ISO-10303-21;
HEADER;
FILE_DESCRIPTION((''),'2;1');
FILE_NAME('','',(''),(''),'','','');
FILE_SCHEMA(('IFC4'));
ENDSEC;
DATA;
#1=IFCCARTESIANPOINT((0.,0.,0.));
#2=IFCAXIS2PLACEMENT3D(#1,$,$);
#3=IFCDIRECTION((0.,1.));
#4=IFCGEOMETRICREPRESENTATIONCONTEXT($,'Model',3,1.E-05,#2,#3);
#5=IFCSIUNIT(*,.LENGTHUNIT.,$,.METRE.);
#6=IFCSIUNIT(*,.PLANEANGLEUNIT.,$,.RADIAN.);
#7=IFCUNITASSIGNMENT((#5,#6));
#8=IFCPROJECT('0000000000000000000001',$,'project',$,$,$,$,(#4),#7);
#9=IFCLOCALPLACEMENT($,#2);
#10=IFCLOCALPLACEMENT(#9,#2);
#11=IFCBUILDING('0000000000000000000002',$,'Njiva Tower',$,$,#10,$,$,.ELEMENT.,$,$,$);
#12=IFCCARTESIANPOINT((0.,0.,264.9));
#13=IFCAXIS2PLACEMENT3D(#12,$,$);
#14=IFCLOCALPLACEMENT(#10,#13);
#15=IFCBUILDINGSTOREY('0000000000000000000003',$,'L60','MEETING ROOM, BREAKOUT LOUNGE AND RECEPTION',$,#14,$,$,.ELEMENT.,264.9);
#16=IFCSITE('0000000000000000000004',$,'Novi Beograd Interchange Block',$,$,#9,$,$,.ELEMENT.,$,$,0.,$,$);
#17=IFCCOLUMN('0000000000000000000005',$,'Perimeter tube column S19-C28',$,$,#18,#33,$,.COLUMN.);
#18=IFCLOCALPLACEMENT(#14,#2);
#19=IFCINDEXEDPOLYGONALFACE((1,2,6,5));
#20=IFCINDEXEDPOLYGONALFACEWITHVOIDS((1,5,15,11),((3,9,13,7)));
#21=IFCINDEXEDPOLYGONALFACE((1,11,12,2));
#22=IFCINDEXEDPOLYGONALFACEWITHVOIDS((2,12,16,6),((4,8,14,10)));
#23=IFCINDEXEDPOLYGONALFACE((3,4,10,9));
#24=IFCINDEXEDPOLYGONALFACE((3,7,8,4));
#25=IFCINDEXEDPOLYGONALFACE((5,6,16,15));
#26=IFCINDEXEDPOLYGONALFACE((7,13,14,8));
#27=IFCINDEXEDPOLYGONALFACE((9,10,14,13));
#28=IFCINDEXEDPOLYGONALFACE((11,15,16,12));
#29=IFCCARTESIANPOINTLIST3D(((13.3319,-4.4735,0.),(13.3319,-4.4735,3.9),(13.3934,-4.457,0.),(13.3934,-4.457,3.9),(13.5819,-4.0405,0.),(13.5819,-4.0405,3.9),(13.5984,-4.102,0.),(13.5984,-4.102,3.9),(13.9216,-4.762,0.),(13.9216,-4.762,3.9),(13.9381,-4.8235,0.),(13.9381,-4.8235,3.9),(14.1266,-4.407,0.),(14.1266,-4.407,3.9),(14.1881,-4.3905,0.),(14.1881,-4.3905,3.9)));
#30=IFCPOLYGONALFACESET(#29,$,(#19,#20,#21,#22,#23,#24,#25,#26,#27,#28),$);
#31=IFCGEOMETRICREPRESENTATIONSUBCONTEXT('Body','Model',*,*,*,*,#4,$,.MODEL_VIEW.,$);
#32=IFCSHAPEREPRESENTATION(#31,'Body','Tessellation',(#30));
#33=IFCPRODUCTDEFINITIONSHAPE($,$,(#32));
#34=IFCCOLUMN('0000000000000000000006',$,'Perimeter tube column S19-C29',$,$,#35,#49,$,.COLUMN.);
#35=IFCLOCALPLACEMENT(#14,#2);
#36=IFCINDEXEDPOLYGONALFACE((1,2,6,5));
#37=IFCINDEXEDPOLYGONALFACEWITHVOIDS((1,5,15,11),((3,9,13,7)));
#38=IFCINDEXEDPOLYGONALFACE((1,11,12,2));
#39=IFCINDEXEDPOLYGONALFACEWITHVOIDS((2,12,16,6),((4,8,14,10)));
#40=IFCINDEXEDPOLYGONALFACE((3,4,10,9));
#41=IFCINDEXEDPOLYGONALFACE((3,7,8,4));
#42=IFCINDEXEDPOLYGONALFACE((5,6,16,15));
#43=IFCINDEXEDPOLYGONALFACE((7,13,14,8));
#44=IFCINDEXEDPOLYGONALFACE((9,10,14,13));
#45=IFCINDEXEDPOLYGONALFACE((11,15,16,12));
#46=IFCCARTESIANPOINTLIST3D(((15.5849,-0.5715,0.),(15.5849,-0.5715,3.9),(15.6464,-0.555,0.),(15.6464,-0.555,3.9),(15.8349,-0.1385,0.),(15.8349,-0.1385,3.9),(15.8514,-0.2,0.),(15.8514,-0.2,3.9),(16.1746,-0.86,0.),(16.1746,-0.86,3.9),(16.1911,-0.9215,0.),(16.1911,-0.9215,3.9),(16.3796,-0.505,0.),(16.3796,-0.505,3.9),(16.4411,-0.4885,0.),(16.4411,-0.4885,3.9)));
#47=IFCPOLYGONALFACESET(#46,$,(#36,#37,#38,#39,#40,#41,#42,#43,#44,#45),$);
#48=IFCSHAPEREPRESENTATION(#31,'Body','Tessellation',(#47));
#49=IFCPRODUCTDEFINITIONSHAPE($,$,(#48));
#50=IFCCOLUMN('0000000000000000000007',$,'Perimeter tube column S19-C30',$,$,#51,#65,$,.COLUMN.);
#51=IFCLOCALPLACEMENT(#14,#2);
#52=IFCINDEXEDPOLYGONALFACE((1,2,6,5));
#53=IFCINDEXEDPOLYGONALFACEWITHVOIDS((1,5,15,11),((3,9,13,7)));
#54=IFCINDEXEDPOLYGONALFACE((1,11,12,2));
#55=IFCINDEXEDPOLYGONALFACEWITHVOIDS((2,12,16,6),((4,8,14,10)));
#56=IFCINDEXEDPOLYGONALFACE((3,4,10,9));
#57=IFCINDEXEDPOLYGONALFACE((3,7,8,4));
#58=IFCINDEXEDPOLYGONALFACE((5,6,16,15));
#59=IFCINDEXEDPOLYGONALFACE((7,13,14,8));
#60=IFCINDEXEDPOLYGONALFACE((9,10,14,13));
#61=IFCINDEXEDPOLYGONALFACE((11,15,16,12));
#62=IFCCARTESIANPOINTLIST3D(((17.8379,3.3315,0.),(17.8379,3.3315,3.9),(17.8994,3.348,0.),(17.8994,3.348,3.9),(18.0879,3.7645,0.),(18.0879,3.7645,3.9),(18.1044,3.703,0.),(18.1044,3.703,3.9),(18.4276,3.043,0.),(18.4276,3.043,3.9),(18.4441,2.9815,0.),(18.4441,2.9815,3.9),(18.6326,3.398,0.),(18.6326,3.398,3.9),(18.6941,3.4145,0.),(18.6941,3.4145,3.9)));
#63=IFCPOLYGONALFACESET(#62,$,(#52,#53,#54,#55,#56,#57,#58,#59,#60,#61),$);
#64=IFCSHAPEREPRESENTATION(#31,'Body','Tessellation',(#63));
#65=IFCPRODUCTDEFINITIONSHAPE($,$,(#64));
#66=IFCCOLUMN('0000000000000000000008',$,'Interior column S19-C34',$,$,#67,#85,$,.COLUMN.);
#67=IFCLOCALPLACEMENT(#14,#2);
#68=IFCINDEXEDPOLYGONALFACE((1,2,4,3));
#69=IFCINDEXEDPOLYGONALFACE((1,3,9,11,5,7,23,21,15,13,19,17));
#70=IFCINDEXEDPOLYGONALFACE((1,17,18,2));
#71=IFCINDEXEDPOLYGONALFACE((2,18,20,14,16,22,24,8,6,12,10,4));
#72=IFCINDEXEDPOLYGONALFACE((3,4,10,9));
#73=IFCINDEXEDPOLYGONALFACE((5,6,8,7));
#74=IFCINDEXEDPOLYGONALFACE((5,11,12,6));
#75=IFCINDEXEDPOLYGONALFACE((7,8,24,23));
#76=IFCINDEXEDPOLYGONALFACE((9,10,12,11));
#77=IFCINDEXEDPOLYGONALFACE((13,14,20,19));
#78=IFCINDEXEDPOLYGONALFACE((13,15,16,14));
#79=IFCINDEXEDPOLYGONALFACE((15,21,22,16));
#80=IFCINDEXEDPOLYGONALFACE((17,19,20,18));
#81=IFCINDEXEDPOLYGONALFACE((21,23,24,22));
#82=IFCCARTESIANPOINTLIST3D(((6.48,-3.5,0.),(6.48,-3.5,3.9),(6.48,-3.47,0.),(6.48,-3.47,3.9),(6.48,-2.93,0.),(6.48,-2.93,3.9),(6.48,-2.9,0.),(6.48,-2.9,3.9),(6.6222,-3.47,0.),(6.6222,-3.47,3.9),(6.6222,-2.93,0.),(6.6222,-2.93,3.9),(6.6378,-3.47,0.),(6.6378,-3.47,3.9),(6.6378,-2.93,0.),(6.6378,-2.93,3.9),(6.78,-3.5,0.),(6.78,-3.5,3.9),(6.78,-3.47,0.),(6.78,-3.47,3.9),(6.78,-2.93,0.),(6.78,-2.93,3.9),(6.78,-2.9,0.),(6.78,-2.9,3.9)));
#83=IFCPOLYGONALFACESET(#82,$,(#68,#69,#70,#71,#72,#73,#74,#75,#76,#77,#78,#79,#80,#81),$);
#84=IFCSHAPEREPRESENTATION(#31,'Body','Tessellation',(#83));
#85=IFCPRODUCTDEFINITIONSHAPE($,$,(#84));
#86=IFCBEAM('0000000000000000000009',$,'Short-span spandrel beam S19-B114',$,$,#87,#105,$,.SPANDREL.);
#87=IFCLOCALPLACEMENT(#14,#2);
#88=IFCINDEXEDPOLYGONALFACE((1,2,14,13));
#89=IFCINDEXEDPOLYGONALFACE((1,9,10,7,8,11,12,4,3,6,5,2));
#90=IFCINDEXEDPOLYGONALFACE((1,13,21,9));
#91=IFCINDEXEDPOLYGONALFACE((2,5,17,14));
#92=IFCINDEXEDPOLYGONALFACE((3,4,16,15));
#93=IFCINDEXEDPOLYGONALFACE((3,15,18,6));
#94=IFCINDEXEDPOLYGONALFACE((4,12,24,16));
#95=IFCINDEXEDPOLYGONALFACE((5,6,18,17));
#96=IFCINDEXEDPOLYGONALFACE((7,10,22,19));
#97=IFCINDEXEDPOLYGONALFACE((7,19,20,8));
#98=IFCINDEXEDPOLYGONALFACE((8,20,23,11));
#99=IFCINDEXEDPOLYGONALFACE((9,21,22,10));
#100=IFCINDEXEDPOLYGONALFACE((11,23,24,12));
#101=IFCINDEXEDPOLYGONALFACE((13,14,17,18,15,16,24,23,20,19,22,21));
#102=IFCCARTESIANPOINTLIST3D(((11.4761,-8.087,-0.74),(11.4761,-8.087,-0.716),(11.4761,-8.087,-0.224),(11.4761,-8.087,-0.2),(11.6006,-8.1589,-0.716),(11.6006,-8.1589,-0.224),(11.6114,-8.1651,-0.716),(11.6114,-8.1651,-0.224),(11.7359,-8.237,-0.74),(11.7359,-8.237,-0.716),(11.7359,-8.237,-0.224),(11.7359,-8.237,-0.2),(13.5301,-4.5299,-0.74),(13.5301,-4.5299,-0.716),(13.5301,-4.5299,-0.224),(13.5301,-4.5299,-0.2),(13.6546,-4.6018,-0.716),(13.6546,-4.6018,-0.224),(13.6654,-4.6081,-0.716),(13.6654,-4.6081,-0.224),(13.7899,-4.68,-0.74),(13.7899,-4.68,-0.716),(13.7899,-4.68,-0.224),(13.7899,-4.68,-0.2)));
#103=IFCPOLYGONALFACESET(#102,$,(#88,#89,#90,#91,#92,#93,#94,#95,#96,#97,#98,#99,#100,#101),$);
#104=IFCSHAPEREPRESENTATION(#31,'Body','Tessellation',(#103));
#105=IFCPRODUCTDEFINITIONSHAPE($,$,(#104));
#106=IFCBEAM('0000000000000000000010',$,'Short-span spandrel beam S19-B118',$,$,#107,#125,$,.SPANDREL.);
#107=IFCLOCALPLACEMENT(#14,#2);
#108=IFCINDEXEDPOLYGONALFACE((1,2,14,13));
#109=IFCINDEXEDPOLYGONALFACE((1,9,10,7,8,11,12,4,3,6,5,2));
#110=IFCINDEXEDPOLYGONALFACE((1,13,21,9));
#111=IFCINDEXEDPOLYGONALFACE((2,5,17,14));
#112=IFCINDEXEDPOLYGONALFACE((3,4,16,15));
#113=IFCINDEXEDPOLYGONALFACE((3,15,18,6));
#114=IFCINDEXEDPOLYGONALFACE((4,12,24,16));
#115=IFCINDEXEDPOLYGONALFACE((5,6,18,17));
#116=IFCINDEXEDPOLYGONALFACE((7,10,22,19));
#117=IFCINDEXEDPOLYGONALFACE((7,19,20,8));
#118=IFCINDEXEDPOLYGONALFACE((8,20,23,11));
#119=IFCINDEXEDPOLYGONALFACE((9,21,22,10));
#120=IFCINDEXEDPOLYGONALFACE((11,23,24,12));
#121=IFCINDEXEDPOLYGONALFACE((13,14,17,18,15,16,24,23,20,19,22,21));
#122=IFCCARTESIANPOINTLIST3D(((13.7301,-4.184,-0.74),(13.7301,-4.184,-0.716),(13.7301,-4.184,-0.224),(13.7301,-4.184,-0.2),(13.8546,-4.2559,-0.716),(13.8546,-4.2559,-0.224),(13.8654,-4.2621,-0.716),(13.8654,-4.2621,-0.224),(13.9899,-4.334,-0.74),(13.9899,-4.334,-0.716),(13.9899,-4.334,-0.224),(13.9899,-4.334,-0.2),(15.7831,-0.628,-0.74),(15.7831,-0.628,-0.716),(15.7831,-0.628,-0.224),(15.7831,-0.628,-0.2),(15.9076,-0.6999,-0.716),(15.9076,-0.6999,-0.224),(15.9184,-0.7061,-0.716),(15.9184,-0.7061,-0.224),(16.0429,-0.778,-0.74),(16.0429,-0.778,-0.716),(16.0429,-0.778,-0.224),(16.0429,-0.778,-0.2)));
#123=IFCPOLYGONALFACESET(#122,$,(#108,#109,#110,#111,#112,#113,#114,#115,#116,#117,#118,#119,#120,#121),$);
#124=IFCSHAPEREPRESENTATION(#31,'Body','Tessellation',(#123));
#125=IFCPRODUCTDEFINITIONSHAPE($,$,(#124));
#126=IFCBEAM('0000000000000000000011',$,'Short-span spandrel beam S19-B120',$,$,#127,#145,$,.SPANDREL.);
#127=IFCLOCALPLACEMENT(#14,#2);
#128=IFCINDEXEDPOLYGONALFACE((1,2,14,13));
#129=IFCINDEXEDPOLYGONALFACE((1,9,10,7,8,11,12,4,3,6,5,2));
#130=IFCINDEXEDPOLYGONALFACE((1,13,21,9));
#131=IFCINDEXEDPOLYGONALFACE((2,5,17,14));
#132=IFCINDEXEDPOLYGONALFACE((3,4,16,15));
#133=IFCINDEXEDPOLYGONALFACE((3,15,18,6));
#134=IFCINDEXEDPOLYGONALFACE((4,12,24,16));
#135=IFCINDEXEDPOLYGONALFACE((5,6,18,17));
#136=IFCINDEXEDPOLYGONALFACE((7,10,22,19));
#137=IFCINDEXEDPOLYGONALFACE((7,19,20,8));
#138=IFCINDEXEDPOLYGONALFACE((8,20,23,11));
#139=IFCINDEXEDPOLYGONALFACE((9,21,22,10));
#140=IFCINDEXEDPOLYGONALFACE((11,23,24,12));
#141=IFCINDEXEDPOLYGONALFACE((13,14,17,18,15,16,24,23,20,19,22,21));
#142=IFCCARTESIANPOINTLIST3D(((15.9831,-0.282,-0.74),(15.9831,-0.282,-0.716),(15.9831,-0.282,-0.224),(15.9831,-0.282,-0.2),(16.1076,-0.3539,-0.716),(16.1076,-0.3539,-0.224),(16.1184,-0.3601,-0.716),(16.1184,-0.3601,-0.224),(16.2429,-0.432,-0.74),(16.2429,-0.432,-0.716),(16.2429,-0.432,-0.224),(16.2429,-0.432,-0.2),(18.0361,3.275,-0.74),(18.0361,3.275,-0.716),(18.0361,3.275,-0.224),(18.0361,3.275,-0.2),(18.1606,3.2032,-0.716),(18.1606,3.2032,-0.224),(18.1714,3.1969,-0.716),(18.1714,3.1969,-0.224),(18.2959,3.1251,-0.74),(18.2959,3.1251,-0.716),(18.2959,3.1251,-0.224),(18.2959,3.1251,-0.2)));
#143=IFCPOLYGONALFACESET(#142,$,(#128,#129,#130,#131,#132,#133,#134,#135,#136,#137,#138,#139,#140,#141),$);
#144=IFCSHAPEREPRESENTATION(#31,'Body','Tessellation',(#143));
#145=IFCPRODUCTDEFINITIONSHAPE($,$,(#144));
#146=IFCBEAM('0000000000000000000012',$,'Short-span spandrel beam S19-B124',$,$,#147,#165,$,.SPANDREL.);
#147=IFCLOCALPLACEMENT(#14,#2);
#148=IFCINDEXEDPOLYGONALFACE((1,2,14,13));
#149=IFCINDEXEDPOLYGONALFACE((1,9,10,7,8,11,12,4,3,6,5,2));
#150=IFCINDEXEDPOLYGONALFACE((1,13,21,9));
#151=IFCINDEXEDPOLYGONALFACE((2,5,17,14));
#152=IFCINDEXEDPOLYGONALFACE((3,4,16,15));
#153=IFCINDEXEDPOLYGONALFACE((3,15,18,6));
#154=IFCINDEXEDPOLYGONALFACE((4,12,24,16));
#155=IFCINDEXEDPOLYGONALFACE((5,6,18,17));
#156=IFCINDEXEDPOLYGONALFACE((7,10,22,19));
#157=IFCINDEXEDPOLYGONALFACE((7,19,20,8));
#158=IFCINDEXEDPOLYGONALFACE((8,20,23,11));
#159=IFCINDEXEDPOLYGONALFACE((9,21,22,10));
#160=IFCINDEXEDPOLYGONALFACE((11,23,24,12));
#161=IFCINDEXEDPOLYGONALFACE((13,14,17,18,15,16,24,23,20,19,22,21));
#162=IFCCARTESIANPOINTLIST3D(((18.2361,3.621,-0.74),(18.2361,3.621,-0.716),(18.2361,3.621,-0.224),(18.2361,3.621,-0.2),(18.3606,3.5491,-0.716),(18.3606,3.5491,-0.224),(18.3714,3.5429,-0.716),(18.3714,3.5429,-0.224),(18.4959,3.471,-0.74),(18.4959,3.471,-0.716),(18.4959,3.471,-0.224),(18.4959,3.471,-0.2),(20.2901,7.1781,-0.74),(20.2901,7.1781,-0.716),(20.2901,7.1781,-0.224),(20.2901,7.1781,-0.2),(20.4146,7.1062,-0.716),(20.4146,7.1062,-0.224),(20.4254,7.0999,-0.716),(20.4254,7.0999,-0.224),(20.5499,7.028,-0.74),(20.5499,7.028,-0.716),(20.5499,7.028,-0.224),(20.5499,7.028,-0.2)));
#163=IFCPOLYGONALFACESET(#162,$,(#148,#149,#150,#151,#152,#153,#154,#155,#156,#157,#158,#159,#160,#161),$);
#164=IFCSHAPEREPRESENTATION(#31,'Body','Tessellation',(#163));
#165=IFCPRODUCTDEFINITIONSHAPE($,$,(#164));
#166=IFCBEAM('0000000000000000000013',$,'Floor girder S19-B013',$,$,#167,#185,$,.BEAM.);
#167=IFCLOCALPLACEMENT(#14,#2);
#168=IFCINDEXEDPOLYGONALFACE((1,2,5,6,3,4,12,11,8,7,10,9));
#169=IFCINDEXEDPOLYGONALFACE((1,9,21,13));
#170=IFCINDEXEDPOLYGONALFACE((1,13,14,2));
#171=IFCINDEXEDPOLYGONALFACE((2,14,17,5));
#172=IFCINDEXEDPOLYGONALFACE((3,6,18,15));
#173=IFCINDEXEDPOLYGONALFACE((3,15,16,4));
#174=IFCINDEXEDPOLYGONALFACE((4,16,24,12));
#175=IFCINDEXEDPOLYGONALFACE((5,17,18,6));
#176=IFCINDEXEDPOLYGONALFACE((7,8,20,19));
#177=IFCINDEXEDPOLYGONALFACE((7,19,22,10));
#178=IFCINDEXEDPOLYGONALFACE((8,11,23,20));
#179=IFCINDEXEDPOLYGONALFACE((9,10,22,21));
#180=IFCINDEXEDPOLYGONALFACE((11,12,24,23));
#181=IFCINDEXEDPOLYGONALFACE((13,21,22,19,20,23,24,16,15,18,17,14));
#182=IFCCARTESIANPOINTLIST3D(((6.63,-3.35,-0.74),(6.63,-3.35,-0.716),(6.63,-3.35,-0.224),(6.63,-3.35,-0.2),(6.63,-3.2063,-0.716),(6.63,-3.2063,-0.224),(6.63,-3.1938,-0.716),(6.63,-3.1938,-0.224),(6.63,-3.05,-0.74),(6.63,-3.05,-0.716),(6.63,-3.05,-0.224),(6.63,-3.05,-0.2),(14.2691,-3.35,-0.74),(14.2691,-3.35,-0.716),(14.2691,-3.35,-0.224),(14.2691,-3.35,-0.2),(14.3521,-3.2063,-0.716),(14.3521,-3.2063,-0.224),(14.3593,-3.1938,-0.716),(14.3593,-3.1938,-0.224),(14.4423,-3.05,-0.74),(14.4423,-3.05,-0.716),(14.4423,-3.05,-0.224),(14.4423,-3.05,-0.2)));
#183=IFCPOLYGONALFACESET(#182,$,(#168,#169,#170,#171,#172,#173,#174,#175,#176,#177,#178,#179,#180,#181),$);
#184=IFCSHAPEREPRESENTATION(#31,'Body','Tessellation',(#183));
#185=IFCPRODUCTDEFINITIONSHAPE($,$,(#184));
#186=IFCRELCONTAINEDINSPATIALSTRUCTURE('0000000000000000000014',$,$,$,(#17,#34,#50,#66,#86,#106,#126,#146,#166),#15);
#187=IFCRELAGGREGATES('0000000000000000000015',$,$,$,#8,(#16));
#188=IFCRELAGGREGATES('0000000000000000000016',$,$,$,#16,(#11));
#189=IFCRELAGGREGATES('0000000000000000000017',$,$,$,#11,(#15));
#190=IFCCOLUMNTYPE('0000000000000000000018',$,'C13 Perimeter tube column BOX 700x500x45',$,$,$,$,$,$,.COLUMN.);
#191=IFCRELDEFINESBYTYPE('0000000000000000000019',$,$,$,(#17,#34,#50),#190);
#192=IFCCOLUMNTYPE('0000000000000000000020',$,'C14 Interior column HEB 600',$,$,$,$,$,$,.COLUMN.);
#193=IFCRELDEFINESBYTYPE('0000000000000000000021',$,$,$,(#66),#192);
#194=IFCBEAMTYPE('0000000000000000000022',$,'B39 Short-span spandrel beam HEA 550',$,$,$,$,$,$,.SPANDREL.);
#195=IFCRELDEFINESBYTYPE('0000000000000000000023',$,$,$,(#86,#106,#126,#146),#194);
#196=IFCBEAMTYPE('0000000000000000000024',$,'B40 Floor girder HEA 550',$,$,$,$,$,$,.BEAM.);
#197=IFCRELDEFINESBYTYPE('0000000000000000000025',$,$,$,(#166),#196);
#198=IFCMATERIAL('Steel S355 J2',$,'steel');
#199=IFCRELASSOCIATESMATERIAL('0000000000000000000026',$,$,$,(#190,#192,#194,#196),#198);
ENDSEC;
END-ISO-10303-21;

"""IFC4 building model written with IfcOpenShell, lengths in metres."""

from ifc_helpers import new_model, si_unit, direction, frame, origin, origin_2d, place, context, subcontext, project, spatial, hollow_rectangle, i_section, extrude, clip, halfspace, material, material_profile, profile_set, type_object, element, save


model = new_model("IFC4")

# Units and contexts
model_context = context("Model", 3, precision=1e-05, world=origin(), true_north=direction((0.0, 1.0)))
body_context = subcontext(model_context, "Body", "Model", "MODEL_VIEW")
ifc_project = project(units=[si_unit("LENGTHUNIT", "METRE"), si_unit("PLANEANGLEUNIT", "RADIAN")], contexts=[model_context])

# Site, building, storey
site_placement = place(None, origin())
site = spatial("IfcSite", under=ifc_project, at=site_placement, Name="Novi Beograd Interchange Block", CompositionType="ELEMENT", RefElevation=0.0)
building_placement = place(site_placement, origin())
building = spatial("IfcBuilding", under=site, at=building_placement, Name="Njiva Tower", CompositionType="ELEMENT")
storey_placement = place(building_placement, frame((0.0, 0.0, 264.9)))
storey = spatial("IfcBuildingStorey", under=building, at=storey_placement, Name="L60", Description="MEETING ROOM, BREAKOUT LOUNGE AND RECEPTION", CompositionType="ELEMENT", Elevation=264.9)

# Columns
ifc_material_1 = material(Name="Steel S355 J2", Category="steel")
ifc_material_profile_1 = material_profile(ifc_material_1, hollow_rectangle(XDim=0.5, YDim=0.7, WallThickness=0.045, at=origin_2d()), Name="BOX 700x500x45")
ifc_profile_set_1 = profile_set([ifc_material_profile_1], Name="Steel S355 J2")
column_type_1 = type_object("IfcColumnType", Name="C13 Perimeter tube column BOX 700x500x45", PredefinedType="COLUMN", material=ifc_profile_set_1)
for number, where, z_axis, x_axis, name in (
    (1, (13.76, -4.432, 0.0), (0.0, 0.0, 1.0), (0.5, 0.866025, 0.0), "Perimeter tube column S19-C28"),
    (2, (16.013, -0.53, 0.0), (0.0, 0.0, 1.0), (0.5, 0.866025, 0.0), "Perimeter tube column S19-C29"),
    (3, (18.266, 3.373, 0.0), (0.0, 0.0, 1.0), (0.5, 0.866025, 0.0), "Perimeter tube column S19-C30"),
):
    element("IfcColumn", number, at=place(storey_placement, frame(where, z_axis=z_axis, x_axis=x_axis)), inside=storey, type_object=column_type_1, Name=name, PredefinedType="COLUMN", context=body_context, shape_type="SweptSolid", body=[
        extrude(hollow_rectangle(XDim=0.5, YDim=0.7, WallThickness=0.045, at=origin_2d()), origin(), (0.0, 0.0, 1.0), 3.9),
    ])
ifc_material_profile_2 = material_profile(ifc_material_1, i_section(OverallWidth=0.3, OverallDepth=0.6, WebThickness=0.0155, FlangeThickness=0.03, at=origin_2d()), Name="HEB 600")
ifc_profile_set_2 = profile_set([ifc_material_profile_2], Name="Steel S355 J2")
column_type_2 = type_object("IfcColumnType", Name="C14 Interior column HEB 600", PredefinedType="COLUMN", material=ifc_profile_set_2)
column_placement = place(storey_placement, frame((6.63, -3.2, 0.0), z_axis=(0.0, 0.0, 1.0), x_axis=(1.0, 0.0, 0.0)))
element("IfcColumn", 4, at=column_placement, inside=storey, type_object=column_type_2, Name="Interior column S19-C34", PredefinedType="COLUMN", context=body_context, shape_type="SweptSolid", body=[
    extrude(i_section(OverallWidth=0.3, OverallDepth=0.6, WebThickness=0.0155, FlangeThickness=0.03, at=origin_2d()), origin(), (0.0, 0.0, 1.0), 3.9),
])

# Beams
ifc_material_profile_3 = material_profile(ifc_material_1, i_section(OverallWidth=0.3, OverallDepth=0.54, WebThickness=0.0125, FlangeThickness=0.024, at=origin_2d()), Name="HEA 550")
ifc_profile_set_3 = profile_set([ifc_material_profile_3], Name="Steel S355 J2")
beam_type_1 = type_object("IfcBeamType", Name="B39 Short-span spandrel beam HEA 550", PredefinedType="SPANDREL", material=ifc_profile_set_3)
beam_1_placement = place(storey_placement, frame((11.606, -8.162, -0.47), z_axis=(0.500067, 0.865987, 0.0), x_axis=(-0.865987, 0.500067, 0.0)))
element("IfcBeam", 5, at=beam_1_placement, inside=storey, type_object=beam_type_1, Name="Short-span spandrel beam S19-B114", PredefinedType="SPANDREL", context=body_context, shape_type="SweptSolid", body=[
    extrude(i_section(OverallWidth=0.3, OverallDepth=0.54, WebThickness=0.0125, FlangeThickness=0.024, at=origin_2d()), origin(), (0.0, 0.0, 1.0), 4.1075),
])
beam_2_placement = place(storey_placement, frame((13.86, -4.259, -0.47), z_axis=(0.499989, 0.866031, 0.0), x_axis=(-0.866031, 0.499989, 0.0)))
element("IfcBeam", 6, at=beam_2_placement, inside=storey, type_object=beam_type_1, Name="Short-span spandrel beam S19-B118", PredefinedType="SPANDREL", context=body_context, shape_type="SweptSolid", body=[
    extrude(i_section(OverallWidth=0.3, OverallDepth=0.54, WebThickness=0.0125, FlangeThickness=0.024, at=origin_2d()), origin(), (0.0, 0.0, 1.0), 4.1061),
])
beam_3_placement = place(storey_placement, frame((16.113, -0.357, -0.47), z_axis=(0.499884, 0.866092, 0.0), x_axis=(-0.866092, 0.499884, 0.0)))
element("IfcBeam", 7, at=beam_3_placement, inside=storey, type_object=beam_type_1, Name="Short-span spandrel beam S19-B120", PredefinedType="SPANDREL", context=body_context, shape_type="SweptSolid", body=[
    extrude(i_section(OverallWidth=0.3, OverallDepth=0.54, WebThickness=0.0125, FlangeThickness=0.024, at=origin_2d()), origin(), (0.0, 0.0, 1.0), 4.107),
])
beam_4_placement = place(storey_placement, frame((18.366, 3.546, -0.47), z_axis=(0.500067, 0.865987, 0.0), x_axis=(-0.865987, 0.500067, 0.0)))
element("IfcBeam", 8, at=beam_4_placement, inside=storey, type_object=beam_type_1, Name="Short-span spandrel beam S19-B124", PredefinedType="SPANDREL", context=body_context, shape_type="SweptSolid", body=[
    extrude(i_section(OverallWidth=0.3, OverallDepth=0.54, WebThickness=0.0125, FlangeThickness=0.024, at=origin_2d()), origin(), (0.0, 0.0, 1.0), 4.1075),
])
ifc_material_profile_4 = material_profile(ifc_material_1, i_section(OverallWidth=0.3, OverallDepth=0.54, WebThickness=0.0125, FlangeThickness=0.024, at=origin_2d()), Name="HEA 550")
ifc_profile_set_4 = profile_set([ifc_material_profile_4], Name="Steel S355 J2")
beam_type_2 = type_object("IfcBeamType", Name="B40 Floor girder HEA 550", PredefinedType="BEAM", material=ifc_profile_set_4)
beam_5_placement = place(storey_placement, frame((6.63, -3.2, -0.47), z_axis=(1.0, 0.0, 0.0), x_axis=(0.0, 1.0, 0.0)))
element("IfcBeam", 9, at=beam_5_placement, inside=storey, type_object=beam_type_2, Name="Floor girder S19-B013", PredefinedType="BEAM", context=body_context, shape_type="Clipping", body=[
    clip(extrude(i_section(OverallWidth=0.3, OverallDepth=0.54, WebThickness=0.0125, FlangeThickness=0.024, at=origin_2d()), origin(), (0.0, 0.0, 1.0), 7.833), halfspace(frame((-0.025, 0.0, 7.7113), z_axis=(-0.499998, 0.0, 0.866027), x_axis=(0.0, 1.0, 0.0)), False)),
])

save(model, "model.ifc")
